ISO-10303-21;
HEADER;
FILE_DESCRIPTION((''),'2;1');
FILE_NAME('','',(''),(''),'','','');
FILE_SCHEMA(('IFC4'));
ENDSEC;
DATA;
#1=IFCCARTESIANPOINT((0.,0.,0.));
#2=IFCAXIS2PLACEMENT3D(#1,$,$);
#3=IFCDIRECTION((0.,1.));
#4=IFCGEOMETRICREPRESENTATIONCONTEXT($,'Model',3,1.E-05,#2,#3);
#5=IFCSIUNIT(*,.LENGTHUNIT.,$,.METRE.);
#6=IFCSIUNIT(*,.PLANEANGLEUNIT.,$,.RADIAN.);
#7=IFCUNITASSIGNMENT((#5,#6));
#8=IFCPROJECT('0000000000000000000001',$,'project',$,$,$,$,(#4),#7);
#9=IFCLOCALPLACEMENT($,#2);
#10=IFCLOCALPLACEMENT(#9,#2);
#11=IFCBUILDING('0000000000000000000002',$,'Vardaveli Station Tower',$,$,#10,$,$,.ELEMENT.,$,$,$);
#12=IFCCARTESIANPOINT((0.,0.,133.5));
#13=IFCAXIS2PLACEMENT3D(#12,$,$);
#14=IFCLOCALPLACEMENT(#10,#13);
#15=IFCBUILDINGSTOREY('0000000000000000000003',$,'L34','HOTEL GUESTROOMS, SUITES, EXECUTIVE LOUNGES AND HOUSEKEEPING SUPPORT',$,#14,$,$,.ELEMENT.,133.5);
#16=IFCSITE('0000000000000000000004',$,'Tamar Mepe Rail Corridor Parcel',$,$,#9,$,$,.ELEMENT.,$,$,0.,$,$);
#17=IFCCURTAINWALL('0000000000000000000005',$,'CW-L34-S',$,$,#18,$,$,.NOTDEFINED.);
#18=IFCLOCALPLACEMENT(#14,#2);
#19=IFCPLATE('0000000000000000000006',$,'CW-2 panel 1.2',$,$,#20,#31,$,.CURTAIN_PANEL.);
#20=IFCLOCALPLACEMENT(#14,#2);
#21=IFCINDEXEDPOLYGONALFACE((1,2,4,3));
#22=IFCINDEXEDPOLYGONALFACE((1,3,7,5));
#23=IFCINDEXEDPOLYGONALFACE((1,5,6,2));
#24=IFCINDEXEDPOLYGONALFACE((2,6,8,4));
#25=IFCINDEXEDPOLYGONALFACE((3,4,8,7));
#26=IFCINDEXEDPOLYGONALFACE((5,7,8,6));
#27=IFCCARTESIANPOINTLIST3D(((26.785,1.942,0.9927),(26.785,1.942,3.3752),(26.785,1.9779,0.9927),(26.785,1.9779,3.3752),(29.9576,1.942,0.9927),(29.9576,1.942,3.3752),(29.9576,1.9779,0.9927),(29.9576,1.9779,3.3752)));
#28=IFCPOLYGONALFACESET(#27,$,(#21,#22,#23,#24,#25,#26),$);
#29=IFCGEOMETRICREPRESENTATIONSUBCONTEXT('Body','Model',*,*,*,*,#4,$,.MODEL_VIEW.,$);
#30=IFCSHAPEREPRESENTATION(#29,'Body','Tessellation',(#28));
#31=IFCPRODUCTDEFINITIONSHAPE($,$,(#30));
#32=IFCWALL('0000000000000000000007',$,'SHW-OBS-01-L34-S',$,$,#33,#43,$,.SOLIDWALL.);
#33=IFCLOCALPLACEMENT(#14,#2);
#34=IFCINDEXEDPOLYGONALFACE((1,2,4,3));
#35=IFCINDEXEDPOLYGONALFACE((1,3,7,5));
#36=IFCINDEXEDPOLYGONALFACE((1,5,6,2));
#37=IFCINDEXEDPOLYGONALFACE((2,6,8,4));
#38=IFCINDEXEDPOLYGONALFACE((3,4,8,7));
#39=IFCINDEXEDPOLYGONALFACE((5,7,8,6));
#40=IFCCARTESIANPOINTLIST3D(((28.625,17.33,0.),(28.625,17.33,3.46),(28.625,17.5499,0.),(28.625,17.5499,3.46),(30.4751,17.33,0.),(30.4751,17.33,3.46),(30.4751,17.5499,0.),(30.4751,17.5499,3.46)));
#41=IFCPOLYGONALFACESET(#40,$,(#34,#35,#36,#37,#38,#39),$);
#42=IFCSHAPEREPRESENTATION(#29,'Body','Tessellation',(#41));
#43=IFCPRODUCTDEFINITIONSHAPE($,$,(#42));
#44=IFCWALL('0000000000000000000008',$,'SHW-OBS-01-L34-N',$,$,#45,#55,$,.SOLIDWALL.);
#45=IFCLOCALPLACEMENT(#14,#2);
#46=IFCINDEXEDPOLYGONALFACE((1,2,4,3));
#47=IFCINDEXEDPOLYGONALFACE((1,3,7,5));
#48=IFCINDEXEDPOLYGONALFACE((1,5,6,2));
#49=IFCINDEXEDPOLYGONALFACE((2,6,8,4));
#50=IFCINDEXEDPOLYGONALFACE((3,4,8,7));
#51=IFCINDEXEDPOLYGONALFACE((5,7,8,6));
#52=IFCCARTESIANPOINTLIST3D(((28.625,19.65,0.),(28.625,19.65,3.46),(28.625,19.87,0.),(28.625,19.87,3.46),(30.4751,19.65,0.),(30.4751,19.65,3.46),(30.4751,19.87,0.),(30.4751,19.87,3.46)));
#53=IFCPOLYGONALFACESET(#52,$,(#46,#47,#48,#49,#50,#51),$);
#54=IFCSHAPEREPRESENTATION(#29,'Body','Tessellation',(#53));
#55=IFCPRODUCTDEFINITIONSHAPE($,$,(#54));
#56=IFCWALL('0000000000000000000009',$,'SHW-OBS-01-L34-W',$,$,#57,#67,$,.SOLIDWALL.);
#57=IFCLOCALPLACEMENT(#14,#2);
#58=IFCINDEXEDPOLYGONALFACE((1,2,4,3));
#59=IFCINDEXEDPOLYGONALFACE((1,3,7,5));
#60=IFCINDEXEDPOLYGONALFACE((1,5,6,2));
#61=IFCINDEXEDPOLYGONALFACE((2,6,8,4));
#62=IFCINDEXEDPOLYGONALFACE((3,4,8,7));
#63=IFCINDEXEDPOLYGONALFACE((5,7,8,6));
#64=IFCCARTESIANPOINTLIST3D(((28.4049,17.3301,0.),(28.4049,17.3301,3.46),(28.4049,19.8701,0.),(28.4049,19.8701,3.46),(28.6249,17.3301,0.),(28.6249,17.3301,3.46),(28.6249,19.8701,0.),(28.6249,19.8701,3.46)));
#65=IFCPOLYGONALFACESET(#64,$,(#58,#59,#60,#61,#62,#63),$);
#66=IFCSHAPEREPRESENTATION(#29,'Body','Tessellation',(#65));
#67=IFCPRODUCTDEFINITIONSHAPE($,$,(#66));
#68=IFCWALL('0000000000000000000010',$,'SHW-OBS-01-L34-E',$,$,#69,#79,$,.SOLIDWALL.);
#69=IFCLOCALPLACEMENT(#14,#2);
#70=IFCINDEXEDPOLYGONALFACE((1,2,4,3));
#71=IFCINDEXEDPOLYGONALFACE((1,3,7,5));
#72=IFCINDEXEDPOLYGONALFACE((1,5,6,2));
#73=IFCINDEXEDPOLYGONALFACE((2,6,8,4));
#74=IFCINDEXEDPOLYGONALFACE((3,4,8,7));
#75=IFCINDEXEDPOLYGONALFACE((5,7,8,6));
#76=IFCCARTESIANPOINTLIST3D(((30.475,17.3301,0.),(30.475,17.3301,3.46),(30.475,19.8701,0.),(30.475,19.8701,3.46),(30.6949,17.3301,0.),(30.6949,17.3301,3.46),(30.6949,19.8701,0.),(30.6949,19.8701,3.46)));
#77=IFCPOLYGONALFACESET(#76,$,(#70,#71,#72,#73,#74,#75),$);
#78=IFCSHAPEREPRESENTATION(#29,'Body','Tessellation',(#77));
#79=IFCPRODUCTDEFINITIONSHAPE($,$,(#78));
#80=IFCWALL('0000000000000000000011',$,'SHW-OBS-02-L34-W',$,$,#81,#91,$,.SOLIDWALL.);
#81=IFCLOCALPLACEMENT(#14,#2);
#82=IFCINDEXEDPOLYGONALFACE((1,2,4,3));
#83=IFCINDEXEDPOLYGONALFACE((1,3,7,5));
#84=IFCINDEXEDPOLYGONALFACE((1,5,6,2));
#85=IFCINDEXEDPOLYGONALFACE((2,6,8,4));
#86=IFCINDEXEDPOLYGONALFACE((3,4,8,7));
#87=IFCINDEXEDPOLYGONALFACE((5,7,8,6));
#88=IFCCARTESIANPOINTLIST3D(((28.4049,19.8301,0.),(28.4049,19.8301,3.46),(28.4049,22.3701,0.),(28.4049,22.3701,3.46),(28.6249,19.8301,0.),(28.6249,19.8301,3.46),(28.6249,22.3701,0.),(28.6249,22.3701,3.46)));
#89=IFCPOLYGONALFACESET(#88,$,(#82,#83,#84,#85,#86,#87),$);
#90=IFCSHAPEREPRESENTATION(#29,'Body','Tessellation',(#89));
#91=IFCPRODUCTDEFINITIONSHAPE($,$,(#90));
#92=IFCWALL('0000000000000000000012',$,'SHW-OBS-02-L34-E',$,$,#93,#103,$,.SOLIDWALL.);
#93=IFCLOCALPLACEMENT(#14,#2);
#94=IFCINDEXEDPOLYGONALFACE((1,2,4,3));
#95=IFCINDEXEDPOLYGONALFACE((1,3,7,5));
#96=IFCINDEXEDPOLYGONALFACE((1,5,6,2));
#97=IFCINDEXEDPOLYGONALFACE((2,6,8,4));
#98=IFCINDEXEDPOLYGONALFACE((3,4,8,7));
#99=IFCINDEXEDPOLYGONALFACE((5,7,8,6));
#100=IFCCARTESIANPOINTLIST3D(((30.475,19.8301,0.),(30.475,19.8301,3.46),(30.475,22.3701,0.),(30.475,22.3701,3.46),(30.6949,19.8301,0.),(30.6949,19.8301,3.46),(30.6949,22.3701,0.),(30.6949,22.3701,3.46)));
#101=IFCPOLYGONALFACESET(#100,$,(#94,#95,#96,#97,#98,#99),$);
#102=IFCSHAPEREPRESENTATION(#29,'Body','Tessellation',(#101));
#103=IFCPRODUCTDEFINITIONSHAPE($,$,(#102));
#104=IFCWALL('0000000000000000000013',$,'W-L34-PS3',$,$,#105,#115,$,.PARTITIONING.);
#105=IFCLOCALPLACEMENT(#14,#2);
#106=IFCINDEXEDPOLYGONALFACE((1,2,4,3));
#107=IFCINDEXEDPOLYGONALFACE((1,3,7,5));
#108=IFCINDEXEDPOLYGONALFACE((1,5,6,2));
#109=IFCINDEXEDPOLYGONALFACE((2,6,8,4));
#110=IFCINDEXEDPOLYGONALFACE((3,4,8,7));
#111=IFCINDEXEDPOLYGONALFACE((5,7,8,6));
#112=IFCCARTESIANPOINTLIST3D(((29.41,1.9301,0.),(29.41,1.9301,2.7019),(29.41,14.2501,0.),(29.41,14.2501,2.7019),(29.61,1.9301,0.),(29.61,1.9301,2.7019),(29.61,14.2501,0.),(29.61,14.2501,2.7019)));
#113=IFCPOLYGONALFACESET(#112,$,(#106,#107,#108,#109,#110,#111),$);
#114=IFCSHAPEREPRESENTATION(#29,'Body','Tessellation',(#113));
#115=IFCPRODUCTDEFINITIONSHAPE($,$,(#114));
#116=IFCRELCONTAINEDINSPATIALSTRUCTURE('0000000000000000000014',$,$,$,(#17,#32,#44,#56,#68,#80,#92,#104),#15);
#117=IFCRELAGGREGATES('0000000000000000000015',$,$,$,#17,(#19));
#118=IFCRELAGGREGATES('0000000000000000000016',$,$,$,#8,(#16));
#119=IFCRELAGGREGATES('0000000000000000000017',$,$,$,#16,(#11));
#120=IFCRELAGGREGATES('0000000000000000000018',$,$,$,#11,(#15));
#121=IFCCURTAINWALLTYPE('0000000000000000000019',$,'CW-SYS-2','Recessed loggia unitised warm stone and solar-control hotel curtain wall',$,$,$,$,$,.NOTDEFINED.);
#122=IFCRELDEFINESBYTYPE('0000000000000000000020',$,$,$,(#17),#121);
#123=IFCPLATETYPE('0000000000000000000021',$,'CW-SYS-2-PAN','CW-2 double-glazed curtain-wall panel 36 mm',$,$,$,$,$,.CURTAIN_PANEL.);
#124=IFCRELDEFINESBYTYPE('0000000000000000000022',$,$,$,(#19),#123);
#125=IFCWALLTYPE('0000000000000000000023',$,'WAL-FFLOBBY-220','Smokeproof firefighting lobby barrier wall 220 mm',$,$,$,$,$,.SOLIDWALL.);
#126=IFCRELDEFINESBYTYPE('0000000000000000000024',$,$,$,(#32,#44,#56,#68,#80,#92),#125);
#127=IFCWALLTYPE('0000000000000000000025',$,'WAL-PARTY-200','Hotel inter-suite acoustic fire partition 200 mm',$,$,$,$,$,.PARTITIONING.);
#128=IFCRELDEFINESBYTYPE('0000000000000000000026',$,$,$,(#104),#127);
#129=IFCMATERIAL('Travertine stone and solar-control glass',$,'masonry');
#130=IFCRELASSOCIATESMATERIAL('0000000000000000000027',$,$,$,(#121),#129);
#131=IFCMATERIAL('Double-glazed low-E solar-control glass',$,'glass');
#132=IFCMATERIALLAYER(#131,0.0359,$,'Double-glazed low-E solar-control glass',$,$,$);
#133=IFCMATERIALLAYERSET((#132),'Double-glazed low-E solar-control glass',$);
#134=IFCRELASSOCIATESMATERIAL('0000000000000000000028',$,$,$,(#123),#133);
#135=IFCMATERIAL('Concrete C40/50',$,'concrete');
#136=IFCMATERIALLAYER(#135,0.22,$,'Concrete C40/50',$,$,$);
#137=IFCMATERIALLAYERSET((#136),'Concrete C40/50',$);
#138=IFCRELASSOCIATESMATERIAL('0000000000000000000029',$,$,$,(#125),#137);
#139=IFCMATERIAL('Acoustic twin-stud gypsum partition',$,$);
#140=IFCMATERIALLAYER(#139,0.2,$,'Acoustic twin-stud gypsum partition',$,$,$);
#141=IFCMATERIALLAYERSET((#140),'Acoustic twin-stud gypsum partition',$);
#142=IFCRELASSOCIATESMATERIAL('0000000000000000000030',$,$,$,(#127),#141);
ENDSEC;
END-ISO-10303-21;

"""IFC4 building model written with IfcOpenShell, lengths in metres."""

from ifc_helpers import new_model, si_unit, direction, frame, frame_2d, origin, origin_2d, place, context, subcontext, project, spatial, rectangle, extrude, source, transform, mapped, material, layer, layer_set, type_object, element, aggregate, save


model = new_model("IFC4")

# Units and contexts
model_context = context("Model", 3, precision=1e-05, world=origin(), true_north=direction((0.0, 1.0)))
body_context = subcontext(model_context, "Body", "Model", "MODEL_VIEW")
ifc_project = project(units=[si_unit("LENGTHUNIT", "METRE"), si_unit("PLANEANGLEUNIT", "RADIAN")], contexts=[model_context])

# Site, building, storey
site_placement = place(None, origin())
site = spatial("IfcSite", under=ifc_project, at=site_placement, Name="Tamar Mepe Rail Corridor Parcel", CompositionType="ELEMENT", RefElevation=0.0)
building_placement = place(site_placement, origin())
building = spatial("IfcBuilding", under=site, at=building_placement, Name="Vardaveli Station Tower", CompositionType="ELEMENT")
storey_placement = place(building_placement, frame((0.0, 0.0, 133.5)))
storey = spatial("IfcBuildingStorey", under=building, at=storey_placement, Name="L34", Description="HOTEL GUESTROOMS, SUITES, EXECUTIVE LOUNGES AND HOUSEKEEPING SUPPORT", CompositionType="ELEMENT", Elevation=133.5)

# Curtain wall, plate
ifc_material_1 = material(Name="Travertine stone and solar-control glass", Category="masonry")
curtain_wall_type = type_object("IfcCurtainWallType", Name="CW-SYS-2", Description="Recessed loggia unitised warm stone and solar-control hotel curtain wall", PredefinedType="NOTDEFINED", material=ifc_material_1)
curtain_wall_placement = place(storey_placement, origin())
curtain_wall = element("IfcCurtainWall", 1, at=curtain_wall_placement, inside=storey, type_object=curtain_wall_type, Name="CW-L34-S", PredefinedType="NOTDEFINED")
ifc_material_2 = material(Name="Double-glazed low-E solar-control glass", Category="glass")
ifc_layer_1 = layer(ifc_material_2, 0.0359, Name="Double-glazed low-E solar-control glass")
ifc_layer_set_1 = layer_set([ifc_layer_1], Name="Double-glazed low-E solar-control glass")
plate_type = type_object("IfcPlateType", Name="CW-SYS-2-PAN", Description="CW-2 double-glazed curtain-wall panel 36 mm", PredefinedType="CURTAIN_PANEL", material=ifc_layer_set_1)
shared_shape_1 = source(origin(), body_context, "Body", "SweptSolid", [
    extrude(rectangle(XDim=3.1726, YDim=0.0359, at=origin_2d()), origin(), (0.0, 0.0, 1.0), 2.3826),
])
plate_1_placement = place(storey_placement, frame((28.3713, 1.96, 0.9927), z_axis=(0.0, 0.0, 1.0), x_axis=(1.0, 0.0, 0.0)))
plate_1 = element("IfcPlate", 2, at=plate_1_placement, type_object=plate_type, Name="CW-2 panel 1.2", PredefinedType="CURTAIN_PANEL", context=body_context, shape_type="MappedRepresentation", body=[
    mapped(shared_shape_1, transform((0.0, 0.0, 0.0), scale=1.0)),
])
aggregate(curtain_wall, [plate_1])

# Walls
ifc_material_3 = material(Name="Concrete C40/50", Category="concrete")
ifc_layer_2 = layer(ifc_material_3, 0.22, Name="Concrete C40/50")
ifc_layer_set_2 = layer_set([ifc_layer_2], Name="Concrete C40/50")
wall_type_1 = type_object("IfcWallType", Name="WAL-FFLOBBY-220", Description="Smokeproof firefighting lobby barrier wall 220 mm", PredefinedType="SOLIDWALL", material=ifc_layer_set_2)
shared_shape_2 = source(origin(), body_context, "Body", "SweptSolid", [
    extrude(rectangle(XDim=1.8501, YDim=0.22, at=frame_2d((0.925, 0.0))), origin(), (0.0, 0.0, 1.0), 3.46),
])
for number, where, z_axis, x_axis, name in (
    (3, (28.625, 17.4399, 0.0), (0.0, 0.0, 1.0), (1.0, 0.0, 0.0), "SHW-OBS-01-L34-S"),
    (4, (28.625, 19.76, 0.0), (0.0, 0.0, 1.0), (1.0, 0.0, 0.0), "SHW-OBS-01-L34-N"),
):
    element("IfcWall", number, at=place(storey_placement, frame(where, z_axis=z_axis, x_axis=x_axis)), inside=storey, type_object=wall_type_1, Name=name, PredefinedType="SOLIDWALL", context=body_context, shape_type="MappedRepresentation", body=[
        mapped(shared_shape_2, transform((0.0, 0.0, 0.0), scale=1.0)),
    ])
shared_shape_3 = source(origin(), body_context, "Body", "SweptSolid", [
    extrude(rectangle(XDim=2.54, YDim=0.22, at=frame_2d((1.27, 0.0))), origin(), (0.0, 0.0, 1.0), 3.46),
])
for number, where, z_axis, x_axis, name in (
    (5, (28.5149, 17.3301, 0.0), (0.0, 0.0, 1.0), (0.0, 1.0, 0.0), "SHW-OBS-01-L34-W"),
    (6, (30.585, 17.3301, 0.0), (0.0, 0.0, 1.0), (0.0, 1.0, 0.0), "SHW-OBS-01-L34-E"),
    (7, (28.5149, 19.8301, 0.0), (0.0, 0.0, 1.0), (0.0, 1.0, 0.0), "SHW-OBS-02-L34-W"),
    (8, (30.585, 19.8301, 0.0), (0.0, 0.0, 1.0), (0.0, 1.0, 0.0), "SHW-OBS-02-L34-E"),
):
    element("IfcWall", number, at=place(storey_placement, frame(where, z_axis=z_axis, x_axis=x_axis)), inside=storey, type_object=wall_type_1, Name=name, PredefinedType="SOLIDWALL", context=body_context, shape_type="MappedRepresentation", body=[
        mapped(shared_shape_3, transform((0.0, 0.0, 0.0), scale=1.0)),
    ])
ifc_material_4 = material(Name="Acoustic twin-stud gypsum partition")
ifc_layer_3 = layer(ifc_material_4, 0.2, Name="Acoustic twin-stud gypsum partition")
ifc_layer_set_3 = layer_set([ifc_layer_3], Name="Acoustic twin-stud gypsum partition")
wall_type_2 = type_object("IfcWallType", Name="WAL-PARTY-200", Description="Hotel inter-suite acoustic fire partition 200 mm", PredefinedType="PARTITIONING", material=ifc_layer_set_3)
shared_shape_4 = source(origin(), body_context, "Body", "SweptSolid", [
    extrude(rectangle(XDim=12.3201, YDim=0.2, at=frame_2d((6.1602, 0.0))), origin(), (0.0, 0.0, 1.0), 2.7019),
])
wall_placement = place(storey_placement, frame((29.51, 1.9299, 0.0), z_axis=(0.0, 0.0, 1.0), x_axis=(0.0, 1.0, 0.0)))
element("IfcWall", 9, at=wall_placement, inside=storey, type_object=wall_type_2, Name="W-L34-PS3", PredefinedType="PARTITIONING", context=body_context, shape_type="MappedRepresentation", body=[
    mapped(shared_shape_4, transform((0.0, 0.0, 0.0), scale=1.0)),
])

save(model, "model.ifc")
